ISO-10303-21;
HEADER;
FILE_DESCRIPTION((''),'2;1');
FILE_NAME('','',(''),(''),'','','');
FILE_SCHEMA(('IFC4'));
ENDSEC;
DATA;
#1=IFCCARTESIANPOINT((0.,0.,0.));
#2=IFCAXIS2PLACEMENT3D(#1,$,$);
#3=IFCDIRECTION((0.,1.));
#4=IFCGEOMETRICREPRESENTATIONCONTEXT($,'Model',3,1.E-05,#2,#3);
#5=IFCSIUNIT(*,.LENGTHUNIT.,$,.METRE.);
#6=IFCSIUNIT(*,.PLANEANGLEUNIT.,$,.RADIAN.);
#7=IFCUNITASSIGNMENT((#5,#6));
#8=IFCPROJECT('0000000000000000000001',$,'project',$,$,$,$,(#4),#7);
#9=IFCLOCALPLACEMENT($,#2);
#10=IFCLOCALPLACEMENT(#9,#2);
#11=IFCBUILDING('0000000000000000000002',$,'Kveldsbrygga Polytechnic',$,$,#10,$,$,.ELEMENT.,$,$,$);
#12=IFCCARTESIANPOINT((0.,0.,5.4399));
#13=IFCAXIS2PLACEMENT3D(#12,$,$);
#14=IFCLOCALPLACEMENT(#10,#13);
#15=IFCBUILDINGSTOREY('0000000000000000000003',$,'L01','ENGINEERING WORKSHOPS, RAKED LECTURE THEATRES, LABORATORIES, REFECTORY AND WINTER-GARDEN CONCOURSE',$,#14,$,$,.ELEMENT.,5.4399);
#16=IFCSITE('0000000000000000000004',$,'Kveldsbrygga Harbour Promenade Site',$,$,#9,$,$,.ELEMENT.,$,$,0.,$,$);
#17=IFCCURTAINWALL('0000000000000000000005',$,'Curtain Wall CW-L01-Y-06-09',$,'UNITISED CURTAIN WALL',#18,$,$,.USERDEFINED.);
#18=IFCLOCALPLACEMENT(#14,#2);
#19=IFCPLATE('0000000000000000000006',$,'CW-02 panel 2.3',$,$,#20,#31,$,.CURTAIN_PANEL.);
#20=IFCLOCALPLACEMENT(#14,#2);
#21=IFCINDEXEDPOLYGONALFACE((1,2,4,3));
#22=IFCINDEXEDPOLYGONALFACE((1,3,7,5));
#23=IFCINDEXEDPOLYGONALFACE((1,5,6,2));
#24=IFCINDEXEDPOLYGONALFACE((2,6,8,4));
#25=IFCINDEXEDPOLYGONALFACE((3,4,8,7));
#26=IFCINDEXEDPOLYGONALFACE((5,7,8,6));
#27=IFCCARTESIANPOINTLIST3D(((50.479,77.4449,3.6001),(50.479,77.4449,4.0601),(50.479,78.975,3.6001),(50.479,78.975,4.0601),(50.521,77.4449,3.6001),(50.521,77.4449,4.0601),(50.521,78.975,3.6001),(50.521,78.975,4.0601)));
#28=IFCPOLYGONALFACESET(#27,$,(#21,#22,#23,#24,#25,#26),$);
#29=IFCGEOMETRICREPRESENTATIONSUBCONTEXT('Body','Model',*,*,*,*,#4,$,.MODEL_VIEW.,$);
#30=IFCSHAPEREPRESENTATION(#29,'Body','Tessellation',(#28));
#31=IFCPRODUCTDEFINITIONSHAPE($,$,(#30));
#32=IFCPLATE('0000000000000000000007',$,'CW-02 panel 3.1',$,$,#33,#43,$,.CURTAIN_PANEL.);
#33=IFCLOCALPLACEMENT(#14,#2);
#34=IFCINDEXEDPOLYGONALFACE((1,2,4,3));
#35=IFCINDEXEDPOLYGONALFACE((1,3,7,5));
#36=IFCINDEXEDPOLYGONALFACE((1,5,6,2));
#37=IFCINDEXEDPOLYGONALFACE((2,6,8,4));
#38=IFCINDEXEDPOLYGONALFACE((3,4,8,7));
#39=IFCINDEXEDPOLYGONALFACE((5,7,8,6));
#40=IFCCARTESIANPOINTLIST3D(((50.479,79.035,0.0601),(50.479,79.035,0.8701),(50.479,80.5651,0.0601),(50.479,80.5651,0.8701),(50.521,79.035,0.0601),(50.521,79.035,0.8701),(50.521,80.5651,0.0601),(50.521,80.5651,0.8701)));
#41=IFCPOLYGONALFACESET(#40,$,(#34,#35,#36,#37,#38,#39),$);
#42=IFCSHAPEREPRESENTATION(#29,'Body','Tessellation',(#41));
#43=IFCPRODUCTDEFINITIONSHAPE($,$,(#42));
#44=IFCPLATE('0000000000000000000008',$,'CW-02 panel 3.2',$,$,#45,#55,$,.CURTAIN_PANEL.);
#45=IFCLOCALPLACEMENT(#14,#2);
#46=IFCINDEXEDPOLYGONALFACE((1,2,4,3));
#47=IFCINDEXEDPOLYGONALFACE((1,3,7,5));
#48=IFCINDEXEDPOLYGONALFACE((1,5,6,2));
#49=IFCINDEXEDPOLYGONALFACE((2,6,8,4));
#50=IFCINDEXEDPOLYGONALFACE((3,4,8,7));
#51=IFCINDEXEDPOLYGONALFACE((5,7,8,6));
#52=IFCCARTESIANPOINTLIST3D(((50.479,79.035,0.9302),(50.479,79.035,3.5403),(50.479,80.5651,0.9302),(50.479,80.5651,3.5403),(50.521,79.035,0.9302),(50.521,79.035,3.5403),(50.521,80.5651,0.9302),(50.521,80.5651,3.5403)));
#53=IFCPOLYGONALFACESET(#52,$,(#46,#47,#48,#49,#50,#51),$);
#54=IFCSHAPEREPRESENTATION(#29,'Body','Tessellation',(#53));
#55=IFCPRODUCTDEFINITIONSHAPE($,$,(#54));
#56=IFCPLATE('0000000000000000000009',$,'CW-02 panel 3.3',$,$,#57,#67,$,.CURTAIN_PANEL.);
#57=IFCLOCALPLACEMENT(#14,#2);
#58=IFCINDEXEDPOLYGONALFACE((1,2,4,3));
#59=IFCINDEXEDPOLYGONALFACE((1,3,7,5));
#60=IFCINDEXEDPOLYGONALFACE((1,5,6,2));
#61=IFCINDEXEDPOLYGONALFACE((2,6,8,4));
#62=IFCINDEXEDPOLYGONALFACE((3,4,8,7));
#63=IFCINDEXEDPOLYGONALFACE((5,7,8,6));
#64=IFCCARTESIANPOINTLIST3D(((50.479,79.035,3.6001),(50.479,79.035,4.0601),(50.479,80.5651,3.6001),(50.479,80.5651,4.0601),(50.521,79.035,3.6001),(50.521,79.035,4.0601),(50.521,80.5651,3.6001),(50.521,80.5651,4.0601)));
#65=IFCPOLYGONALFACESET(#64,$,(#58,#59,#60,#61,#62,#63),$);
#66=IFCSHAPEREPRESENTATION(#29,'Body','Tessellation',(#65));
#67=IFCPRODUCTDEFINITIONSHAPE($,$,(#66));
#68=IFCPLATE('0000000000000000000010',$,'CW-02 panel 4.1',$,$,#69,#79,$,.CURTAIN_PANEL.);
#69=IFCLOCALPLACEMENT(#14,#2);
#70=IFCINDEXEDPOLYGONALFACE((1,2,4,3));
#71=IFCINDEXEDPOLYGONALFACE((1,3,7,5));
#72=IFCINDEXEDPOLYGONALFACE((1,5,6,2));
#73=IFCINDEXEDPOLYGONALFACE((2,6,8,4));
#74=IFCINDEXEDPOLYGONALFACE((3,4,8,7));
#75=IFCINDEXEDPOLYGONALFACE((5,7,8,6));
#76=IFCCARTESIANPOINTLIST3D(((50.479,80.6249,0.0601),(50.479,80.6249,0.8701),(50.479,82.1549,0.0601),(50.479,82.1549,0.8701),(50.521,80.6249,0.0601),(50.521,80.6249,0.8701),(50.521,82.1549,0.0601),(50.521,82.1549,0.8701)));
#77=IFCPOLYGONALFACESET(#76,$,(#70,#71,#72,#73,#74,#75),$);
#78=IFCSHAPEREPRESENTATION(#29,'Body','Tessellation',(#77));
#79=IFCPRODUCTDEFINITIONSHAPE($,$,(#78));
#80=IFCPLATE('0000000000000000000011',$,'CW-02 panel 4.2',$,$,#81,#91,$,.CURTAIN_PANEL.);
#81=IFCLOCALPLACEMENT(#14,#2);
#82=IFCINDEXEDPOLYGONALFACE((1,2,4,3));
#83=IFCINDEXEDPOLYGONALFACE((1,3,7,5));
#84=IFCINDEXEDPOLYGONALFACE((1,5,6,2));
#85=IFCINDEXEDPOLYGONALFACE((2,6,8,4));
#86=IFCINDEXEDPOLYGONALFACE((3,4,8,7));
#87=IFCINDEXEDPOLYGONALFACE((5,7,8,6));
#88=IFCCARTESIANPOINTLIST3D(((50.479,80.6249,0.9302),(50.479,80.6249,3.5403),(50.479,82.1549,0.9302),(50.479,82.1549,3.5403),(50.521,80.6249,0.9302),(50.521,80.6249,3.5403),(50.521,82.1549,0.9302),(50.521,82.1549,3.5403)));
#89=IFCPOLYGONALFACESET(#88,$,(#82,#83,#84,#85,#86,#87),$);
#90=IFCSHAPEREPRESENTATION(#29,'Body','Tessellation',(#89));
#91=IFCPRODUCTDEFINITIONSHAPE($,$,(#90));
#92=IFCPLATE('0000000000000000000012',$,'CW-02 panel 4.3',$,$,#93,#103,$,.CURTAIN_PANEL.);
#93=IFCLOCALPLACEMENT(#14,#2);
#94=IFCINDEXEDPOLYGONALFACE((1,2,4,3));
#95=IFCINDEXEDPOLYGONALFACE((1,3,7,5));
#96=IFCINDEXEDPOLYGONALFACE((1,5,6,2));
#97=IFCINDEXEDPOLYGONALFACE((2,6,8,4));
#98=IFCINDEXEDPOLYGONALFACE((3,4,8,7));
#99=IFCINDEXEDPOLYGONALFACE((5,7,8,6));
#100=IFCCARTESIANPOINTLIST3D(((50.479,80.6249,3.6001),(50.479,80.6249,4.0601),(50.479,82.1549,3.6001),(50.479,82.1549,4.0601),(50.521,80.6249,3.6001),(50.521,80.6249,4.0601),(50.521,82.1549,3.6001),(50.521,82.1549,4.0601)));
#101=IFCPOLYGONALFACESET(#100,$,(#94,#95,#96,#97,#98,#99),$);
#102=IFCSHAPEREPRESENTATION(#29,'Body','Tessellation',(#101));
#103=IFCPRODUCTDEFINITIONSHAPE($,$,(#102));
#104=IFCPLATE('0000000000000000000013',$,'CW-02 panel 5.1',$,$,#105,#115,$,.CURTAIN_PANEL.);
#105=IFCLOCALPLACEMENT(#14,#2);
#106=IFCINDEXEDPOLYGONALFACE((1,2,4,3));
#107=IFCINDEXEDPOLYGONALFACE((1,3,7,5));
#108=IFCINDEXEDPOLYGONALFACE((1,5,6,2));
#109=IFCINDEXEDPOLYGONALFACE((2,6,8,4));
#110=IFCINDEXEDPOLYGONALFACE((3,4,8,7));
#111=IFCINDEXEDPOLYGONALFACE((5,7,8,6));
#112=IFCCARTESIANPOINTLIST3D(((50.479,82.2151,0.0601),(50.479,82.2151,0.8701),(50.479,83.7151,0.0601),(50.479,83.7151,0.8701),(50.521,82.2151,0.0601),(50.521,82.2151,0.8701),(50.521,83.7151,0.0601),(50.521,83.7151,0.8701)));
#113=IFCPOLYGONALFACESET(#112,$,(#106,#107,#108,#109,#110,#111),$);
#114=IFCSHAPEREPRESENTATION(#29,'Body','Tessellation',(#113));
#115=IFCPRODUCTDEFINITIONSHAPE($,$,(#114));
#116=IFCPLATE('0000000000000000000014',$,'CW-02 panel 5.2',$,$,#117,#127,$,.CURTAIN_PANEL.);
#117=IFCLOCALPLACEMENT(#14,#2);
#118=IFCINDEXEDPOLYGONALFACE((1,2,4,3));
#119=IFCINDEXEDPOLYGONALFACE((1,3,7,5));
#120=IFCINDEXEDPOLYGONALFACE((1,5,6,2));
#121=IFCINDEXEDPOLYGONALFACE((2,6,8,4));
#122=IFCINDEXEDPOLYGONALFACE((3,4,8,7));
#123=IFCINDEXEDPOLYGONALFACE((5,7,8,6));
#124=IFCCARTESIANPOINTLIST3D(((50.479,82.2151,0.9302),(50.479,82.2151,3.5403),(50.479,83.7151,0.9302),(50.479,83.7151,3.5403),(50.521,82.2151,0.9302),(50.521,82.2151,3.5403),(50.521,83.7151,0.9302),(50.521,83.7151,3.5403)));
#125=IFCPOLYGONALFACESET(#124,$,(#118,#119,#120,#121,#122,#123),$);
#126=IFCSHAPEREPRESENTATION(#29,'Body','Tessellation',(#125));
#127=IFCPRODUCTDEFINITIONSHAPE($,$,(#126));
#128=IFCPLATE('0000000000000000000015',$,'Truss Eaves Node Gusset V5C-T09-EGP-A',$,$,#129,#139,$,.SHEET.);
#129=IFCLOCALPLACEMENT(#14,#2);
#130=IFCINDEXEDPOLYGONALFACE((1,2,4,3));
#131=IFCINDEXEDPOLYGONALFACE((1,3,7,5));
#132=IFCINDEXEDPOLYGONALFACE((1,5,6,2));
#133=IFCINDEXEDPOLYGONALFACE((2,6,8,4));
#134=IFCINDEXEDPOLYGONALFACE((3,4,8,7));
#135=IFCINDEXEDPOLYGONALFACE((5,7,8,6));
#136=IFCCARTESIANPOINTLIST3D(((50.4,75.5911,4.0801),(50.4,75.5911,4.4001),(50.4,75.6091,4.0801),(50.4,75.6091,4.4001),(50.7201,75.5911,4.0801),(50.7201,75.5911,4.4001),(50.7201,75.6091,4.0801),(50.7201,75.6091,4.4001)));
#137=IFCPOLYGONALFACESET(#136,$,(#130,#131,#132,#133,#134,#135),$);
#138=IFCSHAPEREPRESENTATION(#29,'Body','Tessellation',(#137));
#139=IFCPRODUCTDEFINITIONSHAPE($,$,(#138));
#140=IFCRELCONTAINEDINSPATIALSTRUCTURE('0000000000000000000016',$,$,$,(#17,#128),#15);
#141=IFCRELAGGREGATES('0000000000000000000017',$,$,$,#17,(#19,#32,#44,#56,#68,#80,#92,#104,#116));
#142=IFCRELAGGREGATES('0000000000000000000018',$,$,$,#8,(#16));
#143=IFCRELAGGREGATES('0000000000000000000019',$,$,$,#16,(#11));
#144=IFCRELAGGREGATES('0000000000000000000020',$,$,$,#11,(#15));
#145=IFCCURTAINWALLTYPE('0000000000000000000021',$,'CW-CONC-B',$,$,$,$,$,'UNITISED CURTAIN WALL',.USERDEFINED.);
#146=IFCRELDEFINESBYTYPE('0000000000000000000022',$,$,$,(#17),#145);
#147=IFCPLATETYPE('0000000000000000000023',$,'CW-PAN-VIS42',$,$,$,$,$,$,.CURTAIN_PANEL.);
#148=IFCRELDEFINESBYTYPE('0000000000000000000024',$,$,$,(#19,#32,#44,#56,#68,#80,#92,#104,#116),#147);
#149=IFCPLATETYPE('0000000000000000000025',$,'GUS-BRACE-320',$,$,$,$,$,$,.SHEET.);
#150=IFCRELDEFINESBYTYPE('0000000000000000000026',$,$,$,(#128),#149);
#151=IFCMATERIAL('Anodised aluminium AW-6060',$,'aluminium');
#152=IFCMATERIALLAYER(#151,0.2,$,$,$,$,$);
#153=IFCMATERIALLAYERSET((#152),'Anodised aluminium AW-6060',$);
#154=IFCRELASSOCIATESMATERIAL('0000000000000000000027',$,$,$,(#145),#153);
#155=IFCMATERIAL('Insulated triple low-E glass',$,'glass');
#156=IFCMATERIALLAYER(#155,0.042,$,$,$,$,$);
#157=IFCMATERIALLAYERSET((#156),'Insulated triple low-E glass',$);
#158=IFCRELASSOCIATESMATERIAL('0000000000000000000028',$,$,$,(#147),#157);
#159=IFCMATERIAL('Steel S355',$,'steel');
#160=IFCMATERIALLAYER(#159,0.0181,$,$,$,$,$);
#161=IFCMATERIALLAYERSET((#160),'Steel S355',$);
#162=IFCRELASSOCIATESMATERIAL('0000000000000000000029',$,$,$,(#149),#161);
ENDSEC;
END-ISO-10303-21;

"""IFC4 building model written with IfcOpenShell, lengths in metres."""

from ifc_helpers import new_model, si_unit, direction, frame, origin, origin_2d, place, context, subcontext, project, spatial, rectangle, extrude, material, layer, layer_set, type_object, element, aggregate, save


model = new_model("IFC4")

# Units and contexts
model_context = context("Model", 3, precision=1e-05, world=origin(), true_north=direction((0.0, 1.0)))
body_context = subcontext(model_context, "Body", "Model", "MODEL_VIEW")
ifc_project = project(units=[si_unit("LENGTHUNIT", "METRE"), si_unit("PLANEANGLEUNIT", "RADIAN")], contexts=[model_context])

# Site, building, storey
site_placement = place(None, origin())
site = spatial("IfcSite", under=ifc_project, at=site_placement, Name="Kveldsbrygga Harbour Promenade Site", CompositionType="ELEMENT", RefElevation=0.0)
building_placement = place(site_placement, origin())
building = spatial("IfcBuilding", under=site, at=building_placement, Name="Kveldsbrygga Polytechnic", CompositionType="ELEMENT")
storey_placement = place(building_placement, frame((0.0, 0.0, 5.4399)))
storey = spatial("IfcBuildingStorey", under=building, at=storey_placement, Name="L01", Description="ENGINEERING WORKSHOPS, RAKED LECTURE THEATRES, LABORATORIES, REFECTORY AND WINTER-GARDEN CONCOURSE", CompositionType="ELEMENT", Elevation=5.4399)

# Curtain wall, plates
ifc_material_1 = material(Name="Anodised aluminium AW-6060", Category="aluminium")
ifc_layer_1 = layer(ifc_material_1, 0.2)
ifc_layer_set_1 = layer_set([ifc_layer_1], Name="Anodised aluminium AW-6060")
curtain_wall_type = type_object("IfcCurtainWallType", Name="CW-CONC-B", ElementType="UNITISED CURTAIN WALL", PredefinedType="USERDEFINED", material=ifc_layer_set_1)
curtain_wall_placement = place(storey_placement, origin())
curtain_wall = element("IfcCurtainWall", 1, at=curtain_wall_placement, inside=storey, type_object=curtain_wall_type, Name="Curtain Wall CW-L01-Y-06-09", ObjectType="UNITISED CURTAIN WALL", PredefinedType="USERDEFINED")
ifc_material_2 = material(Name="Insulated triple low-E glass", Category="glass")
ifc_layer_2 = layer(ifc_material_2, 0.042)
ifc_layer_set_2 = layer_set([ifc_layer_2], Name="Insulated triple low-E glass")
plate_type_1 = type_object("IfcPlateType", Name="CW-PAN-VIS42", PredefinedType="CURTAIN_PANEL", material=ifc_layer_set_2)
plate_1_placement = place(storey_placement, frame((50.5, 78.21, 3.6001), z_axis=(0.0, 0.0, 1.0), x_axis=(0.0, 1.0, 0.0)))
plate_1 = element("IfcPlate", 2, at=plate_1_placement, type_object=plate_type_1, Name="CW-02 panel 2.3", PredefinedType="CURTAIN_PANEL", context=body_context, shape_type="SweptSolid", body=[
    extrude(rectangle(XDim=1.53, YDim=0.042, at=origin_2d()), origin(), (0.0, 0.0, 1.0), 0.46),
])
plate_2_placement = place(storey_placement, frame((50.5, 79.8, 0.0601), z_axis=(0.0, 0.0, 1.0), x_axis=(0.0, 1.0, 0.0)))
plate_2 = element("IfcPlate", 3, at=plate_2_placement, type_object=plate_type_1, Name="CW-02 panel 3.1", PredefinedType="CURTAIN_PANEL", context=body_context, shape_type="SweptSolid", body=[
    extrude(rectangle(XDim=1.53, YDim=0.042, at=origin_2d()), origin(), (0.0, 0.0, 1.0), 0.8101),
])
plate_3_placement = place(storey_placement, frame((50.5, 79.8, 0.9302), z_axis=(0.0, 0.0, 1.0), x_axis=(0.0, 1.0, 0.0)))
plate_3 = element("IfcPlate", 4, at=plate_3_placement, type_object=plate_type_1, Name="CW-02 panel 3.2", PredefinedType="CURTAIN_PANEL", context=body_context, shape_type="SweptSolid", body=[
    extrude(rectangle(XDim=1.53, YDim=0.042, at=origin_2d()), origin(), (0.0, 0.0, 1.0), 2.6101),
])
plate_4_placement = place(storey_placement, frame((50.5, 79.8, 3.6001), z_axis=(0.0, 0.0, 1.0), x_axis=(0.0, 1.0, 0.0)))
plate_4 = element("IfcPlate", 5, at=plate_4_placement, type_object=plate_type_1, Name="CW-02 panel 3.3", PredefinedType="CURTAIN_PANEL", context=body_context, shape_type="SweptSolid", body=[
    extrude(rectangle(XDim=1.53, YDim=0.042, at=origin_2d()), origin(), (0.0, 0.0, 1.0), 0.46),
])
plate_5_placement = place(storey_placement, frame((50.5, 81.3899, 0.0601), z_axis=(0.0, 0.0, 1.0), x_axis=(0.0, 1.0, 0.0)))
plate_5 = element("IfcPlate", 6, at=plate_5_placement, type_object=plate_type_1, Name="CW-02 panel 4.1", PredefinedType="CURTAIN_PANEL", context=body_context, shape_type="SweptSolid", body=[
    extrude(rectangle(XDim=1.53, YDim=0.042, at=origin_2d()), origin(), (0.0, 0.0, 1.0), 0.8101),
])
plate_6_placement = place(storey_placement, frame((50.5, 81.3899, 0.9302), z_axis=(0.0, 0.0, 1.0), x_axis=(0.0, 1.0, 0.0)))
plate_6 = element("IfcPlate", 7, at=plate_6_placement, type_object=plate_type_1, Name="CW-02 panel 4.2", PredefinedType="CURTAIN_PANEL", context=body_context, shape_type="SweptSolid", body=[
    extrude(rectangle(XDim=1.53, YDim=0.042, at=origin_2d()), origin(), (0.0, 0.0, 1.0), 2.6101),
])
plate_7_placement = place(storey_placement, frame((50.5, 81.3899, 3.6001), z_axis=(0.0, 0.0, 1.0), x_axis=(0.0, 1.0, 0.0)))
plate_7 = element("IfcPlate", 8, at=plate_7_placement, type_object=plate_type_1, Name="CW-02 panel 4.3", PredefinedType="CURTAIN_PANEL", context=body_context, shape_type="SweptSolid", body=[
    extrude(rectangle(XDim=1.53, YDim=0.042, at=origin_2d()), origin(), (0.0, 0.0, 1.0), 0.46),
])
plate_8_placement = place(storey_placement, frame((50.5, 82.9651, 0.0601), z_axis=(0.0, 0.0, 1.0), x_axis=(0.0, 1.0, 0.0)))
plate_8 = element("IfcPlate", 9, at=plate_8_placement, type_object=plate_type_1, Name="CW-02 panel 5.1", PredefinedType="CURTAIN_PANEL", context=body_context, shape_type="SweptSolid", body=[
    extrude(rectangle(XDim=1.5, YDim=0.042, at=origin_2d()), origin(), (0.0, 0.0, 1.0), 0.8101),
])
plate_9_placement = place(storey_placement, frame((50.5, 82.9651, 0.9302), z_axis=(0.0, 0.0, 1.0), x_axis=(0.0, 1.0, 0.0)))
plate_9 = element("IfcPlate", 10, at=plate_9_placement, type_object=plate_type_1, Name="CW-02 panel 5.2", PredefinedType="CURTAIN_PANEL", context=body_context, shape_type="SweptSolid", body=[
    extrude(rectangle(XDim=1.5, YDim=0.042, at=origin_2d()), origin(), (0.0, 0.0, 1.0), 2.6101),
])
aggregate(curtain_wall, [plate_1, plate_2, plate_3, plate_4, plate_5, plate_6, plate_7, plate_8, plate_9])

# Plate
ifc_material_3 = material(Name="Steel S355", Category="steel")
ifc_layer_3 = layer(ifc_material_3, 0.0181)
ifc_layer_set_3 = layer_set([ifc_layer_3], Name="Steel S355")
plate_type_2 = type_object("IfcPlateType", Name="GUS-BRACE-320", PredefinedType="SHEET", material=ifc_layer_set_3)
plate_10_placement = place(storey_placement, frame((50.5601, 75.6001, 4.0801), z_axis=(0.0, 0.0, 1.0), x_axis=(1.0, 0.0, 0.0)))
element("IfcPlate", 11, at=plate_10_placement, inside=storey, type_object=plate_type_2, Name="Truss Eaves Node Gusset V5C-T09-EGP-A", PredefinedType="SHEET", context=body_context, shape_type="SweptSolid", body=[
    extrude(rectangle(XDim=0.3201, YDim=0.0181, at=origin_2d()), origin(), (0.0, 0.0, 1.0), 0.3201),
])

save(model, "model.ifc")
